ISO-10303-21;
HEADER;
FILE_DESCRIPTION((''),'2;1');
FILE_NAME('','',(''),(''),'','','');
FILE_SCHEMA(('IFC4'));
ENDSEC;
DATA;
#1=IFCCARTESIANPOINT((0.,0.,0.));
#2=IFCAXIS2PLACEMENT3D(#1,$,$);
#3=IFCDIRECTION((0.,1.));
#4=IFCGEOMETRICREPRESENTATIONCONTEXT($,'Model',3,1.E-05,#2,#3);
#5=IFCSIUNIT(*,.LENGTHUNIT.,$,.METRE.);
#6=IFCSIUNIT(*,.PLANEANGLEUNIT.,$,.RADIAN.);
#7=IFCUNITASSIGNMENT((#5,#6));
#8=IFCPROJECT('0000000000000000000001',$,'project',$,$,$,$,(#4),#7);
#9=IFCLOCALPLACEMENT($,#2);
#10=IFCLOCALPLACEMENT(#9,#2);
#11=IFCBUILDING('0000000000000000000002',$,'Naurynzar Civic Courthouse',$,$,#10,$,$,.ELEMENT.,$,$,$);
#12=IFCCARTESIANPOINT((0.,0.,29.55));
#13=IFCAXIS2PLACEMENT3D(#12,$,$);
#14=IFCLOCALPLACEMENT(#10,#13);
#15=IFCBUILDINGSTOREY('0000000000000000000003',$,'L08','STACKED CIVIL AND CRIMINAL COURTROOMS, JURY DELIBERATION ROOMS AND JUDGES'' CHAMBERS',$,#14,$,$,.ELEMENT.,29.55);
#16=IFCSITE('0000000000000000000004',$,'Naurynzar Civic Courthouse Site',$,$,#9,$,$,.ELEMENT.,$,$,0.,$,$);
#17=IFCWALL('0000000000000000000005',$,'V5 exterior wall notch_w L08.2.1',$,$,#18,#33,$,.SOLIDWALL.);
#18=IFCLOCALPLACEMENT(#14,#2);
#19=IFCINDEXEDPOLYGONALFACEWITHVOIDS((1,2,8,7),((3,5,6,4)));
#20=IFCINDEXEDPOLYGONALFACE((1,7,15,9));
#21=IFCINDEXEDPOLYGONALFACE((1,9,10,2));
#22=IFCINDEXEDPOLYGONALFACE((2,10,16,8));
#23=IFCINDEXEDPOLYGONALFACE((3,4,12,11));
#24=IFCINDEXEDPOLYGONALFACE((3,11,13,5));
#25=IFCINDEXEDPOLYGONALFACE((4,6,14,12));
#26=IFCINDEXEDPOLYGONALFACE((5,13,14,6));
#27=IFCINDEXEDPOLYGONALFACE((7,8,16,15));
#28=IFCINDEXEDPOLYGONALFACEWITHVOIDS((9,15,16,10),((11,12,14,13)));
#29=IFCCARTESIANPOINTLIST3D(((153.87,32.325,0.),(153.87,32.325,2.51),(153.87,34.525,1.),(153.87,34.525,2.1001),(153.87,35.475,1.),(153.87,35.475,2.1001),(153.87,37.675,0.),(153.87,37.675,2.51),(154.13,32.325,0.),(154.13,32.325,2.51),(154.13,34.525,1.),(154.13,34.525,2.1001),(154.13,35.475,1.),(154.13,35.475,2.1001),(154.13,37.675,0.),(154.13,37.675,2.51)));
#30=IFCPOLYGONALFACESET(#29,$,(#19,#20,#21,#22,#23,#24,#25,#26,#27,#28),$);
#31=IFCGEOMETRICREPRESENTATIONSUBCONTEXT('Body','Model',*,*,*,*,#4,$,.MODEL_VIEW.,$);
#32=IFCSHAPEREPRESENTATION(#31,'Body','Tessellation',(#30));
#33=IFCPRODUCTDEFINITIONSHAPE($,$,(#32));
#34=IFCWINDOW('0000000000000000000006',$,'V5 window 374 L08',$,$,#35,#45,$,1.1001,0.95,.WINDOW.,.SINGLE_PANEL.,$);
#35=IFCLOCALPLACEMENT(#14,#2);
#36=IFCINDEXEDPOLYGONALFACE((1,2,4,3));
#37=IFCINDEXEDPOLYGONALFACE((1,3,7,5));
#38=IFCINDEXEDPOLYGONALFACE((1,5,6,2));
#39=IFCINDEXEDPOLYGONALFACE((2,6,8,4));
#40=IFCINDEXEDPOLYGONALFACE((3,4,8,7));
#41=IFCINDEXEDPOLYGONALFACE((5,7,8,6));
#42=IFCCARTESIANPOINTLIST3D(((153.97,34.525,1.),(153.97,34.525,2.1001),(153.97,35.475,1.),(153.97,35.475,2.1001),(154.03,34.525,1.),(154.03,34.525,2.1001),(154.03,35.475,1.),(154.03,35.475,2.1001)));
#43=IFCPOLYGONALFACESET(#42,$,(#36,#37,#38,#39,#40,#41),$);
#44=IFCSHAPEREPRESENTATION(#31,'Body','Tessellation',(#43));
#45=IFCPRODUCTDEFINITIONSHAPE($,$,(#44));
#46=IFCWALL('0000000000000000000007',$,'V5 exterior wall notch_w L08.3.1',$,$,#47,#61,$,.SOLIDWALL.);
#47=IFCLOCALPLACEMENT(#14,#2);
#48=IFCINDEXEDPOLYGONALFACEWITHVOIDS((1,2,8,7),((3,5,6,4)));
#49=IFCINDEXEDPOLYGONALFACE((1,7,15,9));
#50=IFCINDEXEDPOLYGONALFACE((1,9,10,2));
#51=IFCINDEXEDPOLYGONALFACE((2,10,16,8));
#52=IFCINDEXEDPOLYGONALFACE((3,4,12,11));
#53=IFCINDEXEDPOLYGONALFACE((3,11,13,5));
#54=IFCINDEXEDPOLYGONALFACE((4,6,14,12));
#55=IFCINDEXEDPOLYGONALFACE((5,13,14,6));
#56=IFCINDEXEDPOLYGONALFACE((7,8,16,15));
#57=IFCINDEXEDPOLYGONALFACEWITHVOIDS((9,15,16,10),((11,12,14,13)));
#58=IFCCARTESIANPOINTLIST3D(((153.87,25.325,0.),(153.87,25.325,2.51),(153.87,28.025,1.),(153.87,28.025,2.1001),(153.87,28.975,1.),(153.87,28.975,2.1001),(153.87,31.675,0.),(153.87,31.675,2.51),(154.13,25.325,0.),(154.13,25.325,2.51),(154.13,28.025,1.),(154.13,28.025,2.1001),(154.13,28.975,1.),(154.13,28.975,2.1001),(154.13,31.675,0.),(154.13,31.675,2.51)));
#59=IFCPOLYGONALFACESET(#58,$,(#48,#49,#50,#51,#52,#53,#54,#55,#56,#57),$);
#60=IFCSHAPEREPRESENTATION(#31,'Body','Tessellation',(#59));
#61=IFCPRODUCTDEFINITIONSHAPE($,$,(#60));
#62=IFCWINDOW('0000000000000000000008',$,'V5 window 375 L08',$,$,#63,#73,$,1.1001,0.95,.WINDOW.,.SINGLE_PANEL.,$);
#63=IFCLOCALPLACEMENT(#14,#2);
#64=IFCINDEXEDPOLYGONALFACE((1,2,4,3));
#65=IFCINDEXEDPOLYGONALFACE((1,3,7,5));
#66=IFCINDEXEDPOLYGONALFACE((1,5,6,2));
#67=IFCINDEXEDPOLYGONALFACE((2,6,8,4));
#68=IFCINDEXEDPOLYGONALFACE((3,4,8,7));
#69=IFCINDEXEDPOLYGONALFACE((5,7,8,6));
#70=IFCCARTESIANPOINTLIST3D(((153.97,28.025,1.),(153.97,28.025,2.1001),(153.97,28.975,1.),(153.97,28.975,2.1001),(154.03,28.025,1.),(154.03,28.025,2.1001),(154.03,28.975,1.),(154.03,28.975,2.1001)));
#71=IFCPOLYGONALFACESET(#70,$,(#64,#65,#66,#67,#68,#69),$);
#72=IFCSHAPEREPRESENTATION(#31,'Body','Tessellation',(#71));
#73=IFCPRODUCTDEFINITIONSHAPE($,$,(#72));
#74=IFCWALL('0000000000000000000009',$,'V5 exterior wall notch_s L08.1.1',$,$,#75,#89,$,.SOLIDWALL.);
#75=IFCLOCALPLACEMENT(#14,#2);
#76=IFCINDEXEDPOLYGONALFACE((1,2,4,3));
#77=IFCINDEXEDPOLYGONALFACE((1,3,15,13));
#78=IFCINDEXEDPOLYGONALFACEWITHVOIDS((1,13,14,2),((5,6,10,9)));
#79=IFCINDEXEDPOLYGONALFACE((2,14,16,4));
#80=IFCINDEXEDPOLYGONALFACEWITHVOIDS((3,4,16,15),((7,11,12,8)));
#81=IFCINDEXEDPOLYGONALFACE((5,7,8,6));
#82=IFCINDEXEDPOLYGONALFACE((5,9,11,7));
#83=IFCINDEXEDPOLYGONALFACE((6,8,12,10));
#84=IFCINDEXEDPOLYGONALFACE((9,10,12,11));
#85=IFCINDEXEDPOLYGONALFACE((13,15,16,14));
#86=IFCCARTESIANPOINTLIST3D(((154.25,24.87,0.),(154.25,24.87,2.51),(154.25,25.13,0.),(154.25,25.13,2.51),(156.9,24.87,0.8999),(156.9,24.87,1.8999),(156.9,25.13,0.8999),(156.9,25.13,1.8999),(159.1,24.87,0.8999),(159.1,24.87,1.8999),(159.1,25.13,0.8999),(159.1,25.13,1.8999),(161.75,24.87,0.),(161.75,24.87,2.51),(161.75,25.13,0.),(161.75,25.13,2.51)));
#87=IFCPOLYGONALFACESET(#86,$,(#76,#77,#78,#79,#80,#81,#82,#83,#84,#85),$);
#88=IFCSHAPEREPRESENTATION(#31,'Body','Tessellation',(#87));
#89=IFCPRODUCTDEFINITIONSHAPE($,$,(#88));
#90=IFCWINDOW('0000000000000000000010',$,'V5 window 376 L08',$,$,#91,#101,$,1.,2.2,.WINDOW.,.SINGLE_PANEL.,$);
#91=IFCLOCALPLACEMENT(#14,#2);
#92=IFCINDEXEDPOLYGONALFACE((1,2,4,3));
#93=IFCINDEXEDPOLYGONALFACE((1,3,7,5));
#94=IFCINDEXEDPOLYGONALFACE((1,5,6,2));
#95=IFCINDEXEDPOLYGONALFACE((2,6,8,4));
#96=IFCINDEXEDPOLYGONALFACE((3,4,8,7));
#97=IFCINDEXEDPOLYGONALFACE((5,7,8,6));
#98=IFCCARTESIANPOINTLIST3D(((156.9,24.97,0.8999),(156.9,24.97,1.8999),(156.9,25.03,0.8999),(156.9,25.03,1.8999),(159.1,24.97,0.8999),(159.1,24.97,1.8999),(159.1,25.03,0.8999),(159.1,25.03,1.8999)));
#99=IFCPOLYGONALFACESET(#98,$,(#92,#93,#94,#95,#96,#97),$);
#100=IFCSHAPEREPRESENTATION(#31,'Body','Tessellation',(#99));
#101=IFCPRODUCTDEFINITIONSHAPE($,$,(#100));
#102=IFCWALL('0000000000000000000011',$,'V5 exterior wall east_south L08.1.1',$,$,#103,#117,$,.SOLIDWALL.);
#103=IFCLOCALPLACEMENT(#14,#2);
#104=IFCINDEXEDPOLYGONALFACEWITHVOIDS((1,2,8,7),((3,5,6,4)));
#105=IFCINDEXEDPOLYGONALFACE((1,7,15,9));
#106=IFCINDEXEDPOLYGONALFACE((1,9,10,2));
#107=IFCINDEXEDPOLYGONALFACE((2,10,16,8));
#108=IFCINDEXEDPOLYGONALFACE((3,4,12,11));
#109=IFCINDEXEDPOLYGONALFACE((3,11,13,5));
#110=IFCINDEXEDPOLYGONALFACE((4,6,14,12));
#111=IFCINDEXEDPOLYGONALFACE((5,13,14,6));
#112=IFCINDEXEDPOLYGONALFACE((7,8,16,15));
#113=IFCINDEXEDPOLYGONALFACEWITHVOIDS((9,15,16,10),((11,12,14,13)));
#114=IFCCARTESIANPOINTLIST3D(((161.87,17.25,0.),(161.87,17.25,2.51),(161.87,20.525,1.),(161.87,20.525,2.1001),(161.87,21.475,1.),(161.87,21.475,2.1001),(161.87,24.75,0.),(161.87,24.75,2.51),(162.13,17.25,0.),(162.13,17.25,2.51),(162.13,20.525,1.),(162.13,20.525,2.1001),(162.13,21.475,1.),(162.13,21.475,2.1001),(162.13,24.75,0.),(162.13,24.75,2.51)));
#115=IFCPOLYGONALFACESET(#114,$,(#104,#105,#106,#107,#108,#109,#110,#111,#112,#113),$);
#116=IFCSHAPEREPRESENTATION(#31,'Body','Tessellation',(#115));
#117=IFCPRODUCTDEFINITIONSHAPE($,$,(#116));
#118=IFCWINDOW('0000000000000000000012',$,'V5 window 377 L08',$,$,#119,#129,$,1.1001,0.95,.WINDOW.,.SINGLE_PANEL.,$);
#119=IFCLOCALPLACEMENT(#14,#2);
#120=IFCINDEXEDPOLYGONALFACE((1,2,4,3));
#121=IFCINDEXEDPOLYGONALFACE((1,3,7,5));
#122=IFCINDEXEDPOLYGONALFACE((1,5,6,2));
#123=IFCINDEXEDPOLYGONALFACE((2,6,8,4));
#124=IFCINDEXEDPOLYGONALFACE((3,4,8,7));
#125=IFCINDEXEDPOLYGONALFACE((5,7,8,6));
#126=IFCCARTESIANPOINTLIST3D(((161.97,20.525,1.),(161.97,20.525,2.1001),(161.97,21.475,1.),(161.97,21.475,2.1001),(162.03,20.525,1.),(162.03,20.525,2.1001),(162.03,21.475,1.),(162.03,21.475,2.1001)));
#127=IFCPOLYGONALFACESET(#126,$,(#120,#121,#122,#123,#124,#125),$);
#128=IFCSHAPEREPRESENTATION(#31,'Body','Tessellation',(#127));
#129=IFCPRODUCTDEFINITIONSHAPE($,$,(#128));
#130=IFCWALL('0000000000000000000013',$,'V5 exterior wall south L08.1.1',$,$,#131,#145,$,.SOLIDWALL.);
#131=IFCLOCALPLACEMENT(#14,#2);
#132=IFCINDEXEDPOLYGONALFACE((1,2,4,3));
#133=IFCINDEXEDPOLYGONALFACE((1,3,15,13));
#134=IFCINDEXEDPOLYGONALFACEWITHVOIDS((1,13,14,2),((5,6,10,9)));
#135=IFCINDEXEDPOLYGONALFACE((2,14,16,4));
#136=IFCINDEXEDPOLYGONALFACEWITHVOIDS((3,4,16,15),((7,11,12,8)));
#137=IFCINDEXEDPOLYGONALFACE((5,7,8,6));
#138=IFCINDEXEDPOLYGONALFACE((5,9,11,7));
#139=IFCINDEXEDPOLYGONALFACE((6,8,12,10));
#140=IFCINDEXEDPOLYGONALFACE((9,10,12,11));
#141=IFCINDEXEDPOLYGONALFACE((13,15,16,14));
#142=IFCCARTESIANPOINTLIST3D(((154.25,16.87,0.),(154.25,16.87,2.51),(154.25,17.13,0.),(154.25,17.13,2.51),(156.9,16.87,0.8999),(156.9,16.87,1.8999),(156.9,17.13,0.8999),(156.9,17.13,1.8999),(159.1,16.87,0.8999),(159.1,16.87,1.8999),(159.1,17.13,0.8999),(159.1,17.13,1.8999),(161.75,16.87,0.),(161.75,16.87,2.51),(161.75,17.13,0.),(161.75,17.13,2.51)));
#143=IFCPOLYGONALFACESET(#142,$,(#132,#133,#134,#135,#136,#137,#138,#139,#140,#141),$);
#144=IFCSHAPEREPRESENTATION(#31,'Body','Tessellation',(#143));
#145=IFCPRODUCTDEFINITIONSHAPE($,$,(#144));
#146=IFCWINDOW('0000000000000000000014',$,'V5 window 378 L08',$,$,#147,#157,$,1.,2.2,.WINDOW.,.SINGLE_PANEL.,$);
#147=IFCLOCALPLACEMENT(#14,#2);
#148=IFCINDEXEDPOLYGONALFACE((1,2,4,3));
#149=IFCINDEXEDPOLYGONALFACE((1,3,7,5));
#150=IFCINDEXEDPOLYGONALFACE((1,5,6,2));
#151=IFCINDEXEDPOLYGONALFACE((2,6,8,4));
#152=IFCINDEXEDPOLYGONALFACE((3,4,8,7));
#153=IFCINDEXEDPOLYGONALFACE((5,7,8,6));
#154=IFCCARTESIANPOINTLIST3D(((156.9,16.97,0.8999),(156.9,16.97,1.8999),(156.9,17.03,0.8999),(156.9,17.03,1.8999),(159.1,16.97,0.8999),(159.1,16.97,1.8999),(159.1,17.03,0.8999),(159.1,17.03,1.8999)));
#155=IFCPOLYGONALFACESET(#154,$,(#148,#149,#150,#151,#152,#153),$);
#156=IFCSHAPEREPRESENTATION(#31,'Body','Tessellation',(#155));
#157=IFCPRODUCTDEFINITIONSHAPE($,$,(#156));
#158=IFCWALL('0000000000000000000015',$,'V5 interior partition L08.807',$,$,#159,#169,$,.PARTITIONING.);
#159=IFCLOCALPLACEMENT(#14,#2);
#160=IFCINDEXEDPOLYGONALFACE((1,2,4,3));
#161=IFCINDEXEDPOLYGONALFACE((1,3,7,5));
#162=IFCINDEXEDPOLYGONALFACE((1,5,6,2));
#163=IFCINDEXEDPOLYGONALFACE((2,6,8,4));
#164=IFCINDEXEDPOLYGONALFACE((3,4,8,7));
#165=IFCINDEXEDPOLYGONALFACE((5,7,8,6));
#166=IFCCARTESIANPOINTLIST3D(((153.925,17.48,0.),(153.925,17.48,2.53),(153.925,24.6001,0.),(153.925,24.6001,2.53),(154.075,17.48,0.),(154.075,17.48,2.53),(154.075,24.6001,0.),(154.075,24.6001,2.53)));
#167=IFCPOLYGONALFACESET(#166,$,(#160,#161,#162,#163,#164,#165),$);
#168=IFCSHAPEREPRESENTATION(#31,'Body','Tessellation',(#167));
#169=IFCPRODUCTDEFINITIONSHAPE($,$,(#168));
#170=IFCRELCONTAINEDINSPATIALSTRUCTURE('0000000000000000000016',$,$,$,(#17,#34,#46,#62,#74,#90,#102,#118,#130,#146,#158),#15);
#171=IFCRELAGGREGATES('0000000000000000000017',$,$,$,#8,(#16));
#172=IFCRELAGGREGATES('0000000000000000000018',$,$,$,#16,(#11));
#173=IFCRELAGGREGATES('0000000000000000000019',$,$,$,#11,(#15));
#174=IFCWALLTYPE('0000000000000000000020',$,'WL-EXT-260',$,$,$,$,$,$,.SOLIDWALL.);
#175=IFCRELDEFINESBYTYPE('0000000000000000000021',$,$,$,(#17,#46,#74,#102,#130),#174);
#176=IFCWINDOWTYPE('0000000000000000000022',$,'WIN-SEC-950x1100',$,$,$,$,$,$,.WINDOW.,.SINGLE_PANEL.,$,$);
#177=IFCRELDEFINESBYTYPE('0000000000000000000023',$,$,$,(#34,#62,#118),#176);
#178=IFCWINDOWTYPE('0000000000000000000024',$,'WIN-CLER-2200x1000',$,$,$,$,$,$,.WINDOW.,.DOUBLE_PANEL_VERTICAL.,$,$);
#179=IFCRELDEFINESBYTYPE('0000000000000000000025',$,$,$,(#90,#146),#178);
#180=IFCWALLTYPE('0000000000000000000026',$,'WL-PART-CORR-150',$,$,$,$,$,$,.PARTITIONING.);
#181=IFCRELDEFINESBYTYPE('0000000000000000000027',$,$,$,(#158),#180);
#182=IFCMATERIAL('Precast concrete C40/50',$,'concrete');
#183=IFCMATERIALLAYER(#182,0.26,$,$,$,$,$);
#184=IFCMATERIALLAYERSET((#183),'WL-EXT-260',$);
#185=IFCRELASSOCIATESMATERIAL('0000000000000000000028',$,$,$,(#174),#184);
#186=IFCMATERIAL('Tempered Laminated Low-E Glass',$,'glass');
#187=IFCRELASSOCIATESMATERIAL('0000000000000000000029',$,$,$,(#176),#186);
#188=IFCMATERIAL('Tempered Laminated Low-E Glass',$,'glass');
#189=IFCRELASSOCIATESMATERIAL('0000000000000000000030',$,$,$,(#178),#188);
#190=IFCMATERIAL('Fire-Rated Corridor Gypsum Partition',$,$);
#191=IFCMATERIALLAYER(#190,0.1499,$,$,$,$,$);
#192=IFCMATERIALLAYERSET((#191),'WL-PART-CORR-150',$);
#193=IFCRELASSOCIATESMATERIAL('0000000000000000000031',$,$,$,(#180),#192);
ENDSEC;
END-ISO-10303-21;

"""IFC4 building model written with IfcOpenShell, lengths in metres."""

from ifc_helpers import new_model, si_unit, direction, frame, frame_2d, origin, place, context, subcontext, project, spatial, rectangle, extrude, material, layer, layer_set, type_object, element, fill, save


model = new_model("IFC4")

# Units and contexts
model_context = context("Model", 3, precision=1e-05, world=origin(), true_north=direction((0.0, 1.0)))
body_context = subcontext(model_context, "Body", "Model", "MODEL_VIEW")
ifc_project = project(units=[si_unit("LENGTHUNIT", "METRE"), si_unit("PLANEANGLEUNIT", "RADIAN")], contexts=[model_context])

# Site, building, storey
site_placement = place(None, origin())
site = spatial("IfcSite", under=ifc_project, at=site_placement, Name="Naurynzar Civic Courthouse Site", CompositionType="ELEMENT", RefElevation=0.0)
building_placement = place(site_placement, origin())
building = spatial("IfcBuilding", under=site, at=building_placement, Name="Naurynzar Civic Courthouse", CompositionType="ELEMENT")
storey_placement = place(building_placement, frame((0.0, 0.0, 29.55)))
storey = spatial("IfcBuildingStorey", under=building, at=storey_placement, Name="L08", Description="STACKED CIVIL AND CRIMINAL COURTROOMS, JURY DELIBERATION ROOMS AND JUDGES' CHAMBERS", CompositionType="ELEMENT", Elevation=29.55)

# Walls, openings, windows
ifc_material_1 = material(Name="Precast concrete C40/50", Category="concrete")
ifc_layer_1 = layer(ifc_material_1, 0.26)
ifc_layer_set_1 = layer_set([ifc_layer_1], Name="WL-EXT-260")
wall_type_1 = type_object("IfcWallType", Name="WL-EXT-260", PredefinedType="SOLIDWALL", material=ifc_layer_set_1)
wall_1_placement = place(storey_placement, frame((154.0, 37.675, 0.0), z_axis=(0.0, 0.0, 1.0), x_axis=(0.0, -1.0, 0.0)))
wall_1 = element("IfcWall", 1, at=wall_1_placement, inside=storey, type_object=wall_type_1, Name="V5 exterior wall notch_w L08.2.1", PredefinedType="SOLIDWALL", context=body_context, shape_type="SweptSolid", body=[
    extrude(rectangle(XDim=5.3501, YDim=0.26, at=frame_2d((2.675, 0.0))), origin(), (0.0, 0.0, 1.0), 2.51),
])
opening_1_placement = place(wall_1_placement, frame((2.2, 0.0, 1.0)))
opening_1 = element("IfcOpeningElement", 2, at=opening_1_placement, cuts=wall_1, PredefinedType="OPENING", context=body_context, shape_type="SweptSolid", body=[
    extrude(rectangle(XDim=0.95, YDim=1.1001, at=frame_2d((0.4751, 0.55))), frame((0.0, 0.1399, 0.0), z_axis=(0.0, -1.0, 0.0), x_axis=(1.0, 0.0, 0.0)), (0.0, 0.0, 1.0), 0.28),
])
ifc_material_2 = material(Name="Tempered Laminated Low-E Glass", Category="glass")
window_type_1 = type_object("IfcWindowType", Name="WIN-SEC-950x1100", PartitioningType="SINGLE_PANEL", PredefinedType="WINDOW", material=ifc_material_2)
window_1_placement = place(opening_1_placement, origin())
window_1 = element("IfcWindow", 3, at=window_1_placement, inside=storey, type_object=window_type_1, Name="V5 window 374 L08", OverallHeight=1.1001, OverallWidth=0.95, PartitioningType="SINGLE_PANEL", PredefinedType="WINDOW", context=body_context, shape_type="SweptSolid", body=[
    extrude(rectangle(XDim=0.95, YDim=1.1001, at=frame_2d((0.4751, 0.55))), frame((0.0, 0.03, 0.0), z_axis=(0.0, -1.0, 0.0), x_axis=(1.0, 0.0, 0.0)), (0.0, 0.0, 1.0), 0.0601),
])
fill(opening_1, window_1)
wall_2_placement = place(storey_placement, frame((154.0, 31.675, 0.0), z_axis=(0.0, 0.0, 1.0), x_axis=(0.0, -1.0, 0.0)))
wall_2 = element("IfcWall", 4, at=wall_2_placement, inside=storey, type_object=wall_type_1, Name="V5 exterior wall notch_w L08.3.1", PredefinedType="SOLIDWALL", context=body_context, shape_type="SweptSolid", body=[
    extrude(rectangle(XDim=6.3501, YDim=0.26, at=frame_2d((3.175, 0.0))), origin(), (0.0, 0.0, 1.0), 2.51),
])
opening_2_placement = place(wall_2_placement, frame((2.7, 0.0, 1.0)))
opening_2 = element("IfcOpeningElement", 5, at=opening_2_placement, cuts=wall_2, PredefinedType="OPENING", context=body_context, shape_type="SweptSolid", body=[
    extrude(rectangle(XDim=0.95, YDim=1.1001, at=frame_2d((0.4751, 0.55))), frame((0.0, 0.1399, 0.0), z_axis=(0.0, -1.0, 0.0), x_axis=(1.0, 0.0, 0.0)), (0.0, 0.0, 1.0), 0.28),
])
window_2_placement = place(opening_2_placement, origin())
window_2 = element("IfcWindow", 6, at=window_2_placement, inside=storey, type_object=window_type_1, Name="V5 window 375 L08", OverallHeight=1.1001, OverallWidth=0.95, PartitioningType="SINGLE_PANEL", PredefinedType="WINDOW", context=body_context, shape_type="SweptSolid", body=[
    extrude(rectangle(XDim=0.95, YDim=1.1001, at=frame_2d((0.4751, 0.55))), frame((0.0, 0.03, 0.0), z_axis=(0.0, -1.0, 0.0), x_axis=(1.0, 0.0, 0.0)), (0.0, 0.0, 1.0), 0.0601),
])
fill(opening_2, window_2)
wall_3_placement = place(storey_placement, frame((154.25, 25.0, 0.0), z_axis=(0.0, 0.0, 1.0), x_axis=(1.0, 0.0, 0.0)))
wall_3 = element("IfcWall", 7, at=wall_3_placement, inside=storey, type_object=wall_type_1, Name="V5 exterior wall notch_s L08.1.1", PredefinedType="SOLIDWALL", context=body_context, shape_type="SweptSolid", body=[
    extrude(rectangle(XDim=7.5, YDim=0.26, at=frame_2d((3.75, 0.0))), origin(), (0.0, 0.0, 1.0), 2.51),
])
opening_3_placement = place(wall_3_placement, frame((2.6499, 0.0, 0.8999)))
opening_3 = element("IfcOpeningElement", 8, at=opening_3_placement, cuts=wall_3, PredefinedType="OPENING", context=body_context, shape_type="SweptSolid", body=[
    extrude(rectangle(XDim=2.2, YDim=1.0, at=frame_2d((1.1001, 0.5))), frame((0.0, 0.1399, 0.0), z_axis=(0.0, -1.0, 0.0), x_axis=(1.0, 0.0, 0.0)), (0.0, 0.0, 1.0), 0.28),
])
ifc_material_3 = material(Name="Tempered Laminated Low-E Glass", Category="glass")
window_type_2 = type_object("IfcWindowType", Name="WIN-CLER-2200x1000", PartitioningType="DOUBLE_PANEL_VERTICAL", PredefinedType="WINDOW", material=ifc_material_3)
window_3_placement = place(opening_3_placement, origin())
window_3 = element("IfcWindow", 9, at=window_3_placement, inside=storey, type_object=window_type_2, Name="V5 window 376 L08", OverallHeight=1.0, OverallWidth=2.2, PartitioningType="SINGLE_PANEL", PredefinedType="WINDOW", context=body_context, shape_type="SweptSolid", body=[
    extrude(rectangle(XDim=2.2, YDim=1.0, at=frame_2d((1.1001, 0.5))), frame((0.0, 0.03, 0.0), z_axis=(0.0, -1.0, 0.0), x_axis=(1.0, 0.0, 0.0)), (0.0, 0.0, 1.0), 0.0601),
])
fill(opening_3, window_3)
wall_4_placement = place(storey_placement, frame((162.0, 24.75, 0.0), z_axis=(0.0, 0.0, 1.0), x_axis=(0.0, -1.0, 0.0)))
wall_4 = element("IfcWall", 10, at=wall_4_placement, inside=storey, type_object=wall_type_1, Name="V5 exterior wall east_south L08.1.1", PredefinedType="SOLIDWALL", context=body_context, shape_type="SweptSolid", body=[
    extrude(rectangle(XDim=7.5, YDim=0.26, at=frame_2d((3.75, 0.0))), origin(), (0.0, 0.0, 1.0), 2.51),
])
opening_4_placement = place(wall_4_placement, frame((3.2749, 0.0, 1.0)))
opening_4 = element("IfcOpeningElement", 11, at=opening_4_placement, cuts=wall_4, PredefinedType="OPENING", context=body_context, shape_type="SweptSolid", body=[
    extrude(rectangle(XDim=0.95, YDim=1.1001, at=frame_2d((0.4751, 0.55))), frame((0.0, 0.1399, 0.0), z_axis=(0.0, -1.0, 0.0), x_axis=(1.0, 0.0, 0.0)), (0.0, 0.0, 1.0), 0.28),
])
window_4_placement = place(opening_4_placement, origin())
window_4 = element("IfcWindow", 12, at=window_4_placement, inside=storey, type_object=window_type_1, Name="V5 window 377 L08", OverallHeight=1.1001, OverallWidth=0.95, PartitioningType="SINGLE_PANEL", PredefinedType="WINDOW", context=body_context, shape_type="SweptSolid", body=[
    extrude(rectangle(XDim=0.95, YDim=1.1001, at=frame_2d((0.4751, 0.55))), frame((0.0, 0.03, 0.0), z_axis=(0.0, -1.0, 0.0), x_axis=(1.0, 0.0, 0.0)), (0.0, 0.0, 1.0), 0.0601),
])
fill(opening_4, window_4)
wall_5_placement = place(storey_placement, frame((161.75, 17.0, 0.0), z_axis=(0.0, 0.0, 1.0), x_axis=(-1.0, 0.0, 0.0)))
wall_5 = element("IfcWall", 13, at=wall_5_placement, inside=storey, type_object=wall_type_1, Name="V5 exterior wall south L08.1.1", PredefinedType="SOLIDWALL", context=body_context, shape_type="SweptSolid", body=[
    extrude(rectangle(XDim=7.5, YDim=0.26, at=frame_2d((3.75, 0.0))), origin(), (0.0, 0.0, 1.0), 2.51),
])
opening_5_placement = place(wall_5_placement, frame((2.6499, 0.0, 0.8999)))
opening_5 = element("IfcOpeningElement", 14, at=opening_5_placement, cuts=wall_5, PredefinedType="OPENING", context=body_context, shape_type="SweptSolid", body=[
    extrude(rectangle(XDim=2.2, YDim=1.0, at=frame_2d((1.1001, 0.5))), frame((0.0, 0.1399, 0.0), z_axis=(0.0, -1.0, 0.0), x_axis=(1.0, 0.0, 0.0)), (0.0, 0.0, 1.0), 0.28),
])
window_5_placement = place(opening_5_placement, origin())
window_5 = element("IfcWindow", 15, at=window_5_placement, inside=storey, type_object=window_type_2, Name="V5 window 378 L08", OverallHeight=1.0, OverallWidth=2.2, PartitioningType="SINGLE_PANEL", PredefinedType="WINDOW", context=body_context, shape_type="SweptSolid", body=[
    extrude(rectangle(XDim=2.2, YDim=1.0, at=frame_2d((1.1001, 0.5))), frame((0.0, 0.03, 0.0), z_axis=(0.0, -1.0, 0.0), x_axis=(1.0, 0.0, 0.0)), (0.0, 0.0, 1.0), 0.0601),
])
fill(opening_5, window_5)

# Wall
ifc_material_4 = material(Name="Fire-Rated Corridor Gypsum Partition")
ifc_layer_2 = layer(ifc_material_4, 0.1499)
ifc_layer_set_2 = layer_set([ifc_layer_2], Name="WL-PART-CORR-150")
wall_type_2 = type_object("IfcWallType", Name="WL-PART-CORR-150", PredefinedType="PARTITIONING", material=ifc_layer_set_2)
wall_6_placement = place(storey_placement, frame((154.0, 17.48, 0.0), z_axis=(0.0, 0.0, 1.0), x_axis=(0.0, 1.0, 0.0)))
element("IfcWall", 16, at=wall_6_placement, inside=storey, type_object=wall_type_2, Name="V5 interior partition L08.807", PredefinedType="PARTITIONING", context=body_context, shape_type="SweptSolid", body=[
    extrude(rectangle(XDim=7.1201, YDim=0.1499, at=frame_2d((3.5601, 0.0))), origin(), (0.0, 0.0, 1.0), 2.53),
])

save(model, "model.ifc")
